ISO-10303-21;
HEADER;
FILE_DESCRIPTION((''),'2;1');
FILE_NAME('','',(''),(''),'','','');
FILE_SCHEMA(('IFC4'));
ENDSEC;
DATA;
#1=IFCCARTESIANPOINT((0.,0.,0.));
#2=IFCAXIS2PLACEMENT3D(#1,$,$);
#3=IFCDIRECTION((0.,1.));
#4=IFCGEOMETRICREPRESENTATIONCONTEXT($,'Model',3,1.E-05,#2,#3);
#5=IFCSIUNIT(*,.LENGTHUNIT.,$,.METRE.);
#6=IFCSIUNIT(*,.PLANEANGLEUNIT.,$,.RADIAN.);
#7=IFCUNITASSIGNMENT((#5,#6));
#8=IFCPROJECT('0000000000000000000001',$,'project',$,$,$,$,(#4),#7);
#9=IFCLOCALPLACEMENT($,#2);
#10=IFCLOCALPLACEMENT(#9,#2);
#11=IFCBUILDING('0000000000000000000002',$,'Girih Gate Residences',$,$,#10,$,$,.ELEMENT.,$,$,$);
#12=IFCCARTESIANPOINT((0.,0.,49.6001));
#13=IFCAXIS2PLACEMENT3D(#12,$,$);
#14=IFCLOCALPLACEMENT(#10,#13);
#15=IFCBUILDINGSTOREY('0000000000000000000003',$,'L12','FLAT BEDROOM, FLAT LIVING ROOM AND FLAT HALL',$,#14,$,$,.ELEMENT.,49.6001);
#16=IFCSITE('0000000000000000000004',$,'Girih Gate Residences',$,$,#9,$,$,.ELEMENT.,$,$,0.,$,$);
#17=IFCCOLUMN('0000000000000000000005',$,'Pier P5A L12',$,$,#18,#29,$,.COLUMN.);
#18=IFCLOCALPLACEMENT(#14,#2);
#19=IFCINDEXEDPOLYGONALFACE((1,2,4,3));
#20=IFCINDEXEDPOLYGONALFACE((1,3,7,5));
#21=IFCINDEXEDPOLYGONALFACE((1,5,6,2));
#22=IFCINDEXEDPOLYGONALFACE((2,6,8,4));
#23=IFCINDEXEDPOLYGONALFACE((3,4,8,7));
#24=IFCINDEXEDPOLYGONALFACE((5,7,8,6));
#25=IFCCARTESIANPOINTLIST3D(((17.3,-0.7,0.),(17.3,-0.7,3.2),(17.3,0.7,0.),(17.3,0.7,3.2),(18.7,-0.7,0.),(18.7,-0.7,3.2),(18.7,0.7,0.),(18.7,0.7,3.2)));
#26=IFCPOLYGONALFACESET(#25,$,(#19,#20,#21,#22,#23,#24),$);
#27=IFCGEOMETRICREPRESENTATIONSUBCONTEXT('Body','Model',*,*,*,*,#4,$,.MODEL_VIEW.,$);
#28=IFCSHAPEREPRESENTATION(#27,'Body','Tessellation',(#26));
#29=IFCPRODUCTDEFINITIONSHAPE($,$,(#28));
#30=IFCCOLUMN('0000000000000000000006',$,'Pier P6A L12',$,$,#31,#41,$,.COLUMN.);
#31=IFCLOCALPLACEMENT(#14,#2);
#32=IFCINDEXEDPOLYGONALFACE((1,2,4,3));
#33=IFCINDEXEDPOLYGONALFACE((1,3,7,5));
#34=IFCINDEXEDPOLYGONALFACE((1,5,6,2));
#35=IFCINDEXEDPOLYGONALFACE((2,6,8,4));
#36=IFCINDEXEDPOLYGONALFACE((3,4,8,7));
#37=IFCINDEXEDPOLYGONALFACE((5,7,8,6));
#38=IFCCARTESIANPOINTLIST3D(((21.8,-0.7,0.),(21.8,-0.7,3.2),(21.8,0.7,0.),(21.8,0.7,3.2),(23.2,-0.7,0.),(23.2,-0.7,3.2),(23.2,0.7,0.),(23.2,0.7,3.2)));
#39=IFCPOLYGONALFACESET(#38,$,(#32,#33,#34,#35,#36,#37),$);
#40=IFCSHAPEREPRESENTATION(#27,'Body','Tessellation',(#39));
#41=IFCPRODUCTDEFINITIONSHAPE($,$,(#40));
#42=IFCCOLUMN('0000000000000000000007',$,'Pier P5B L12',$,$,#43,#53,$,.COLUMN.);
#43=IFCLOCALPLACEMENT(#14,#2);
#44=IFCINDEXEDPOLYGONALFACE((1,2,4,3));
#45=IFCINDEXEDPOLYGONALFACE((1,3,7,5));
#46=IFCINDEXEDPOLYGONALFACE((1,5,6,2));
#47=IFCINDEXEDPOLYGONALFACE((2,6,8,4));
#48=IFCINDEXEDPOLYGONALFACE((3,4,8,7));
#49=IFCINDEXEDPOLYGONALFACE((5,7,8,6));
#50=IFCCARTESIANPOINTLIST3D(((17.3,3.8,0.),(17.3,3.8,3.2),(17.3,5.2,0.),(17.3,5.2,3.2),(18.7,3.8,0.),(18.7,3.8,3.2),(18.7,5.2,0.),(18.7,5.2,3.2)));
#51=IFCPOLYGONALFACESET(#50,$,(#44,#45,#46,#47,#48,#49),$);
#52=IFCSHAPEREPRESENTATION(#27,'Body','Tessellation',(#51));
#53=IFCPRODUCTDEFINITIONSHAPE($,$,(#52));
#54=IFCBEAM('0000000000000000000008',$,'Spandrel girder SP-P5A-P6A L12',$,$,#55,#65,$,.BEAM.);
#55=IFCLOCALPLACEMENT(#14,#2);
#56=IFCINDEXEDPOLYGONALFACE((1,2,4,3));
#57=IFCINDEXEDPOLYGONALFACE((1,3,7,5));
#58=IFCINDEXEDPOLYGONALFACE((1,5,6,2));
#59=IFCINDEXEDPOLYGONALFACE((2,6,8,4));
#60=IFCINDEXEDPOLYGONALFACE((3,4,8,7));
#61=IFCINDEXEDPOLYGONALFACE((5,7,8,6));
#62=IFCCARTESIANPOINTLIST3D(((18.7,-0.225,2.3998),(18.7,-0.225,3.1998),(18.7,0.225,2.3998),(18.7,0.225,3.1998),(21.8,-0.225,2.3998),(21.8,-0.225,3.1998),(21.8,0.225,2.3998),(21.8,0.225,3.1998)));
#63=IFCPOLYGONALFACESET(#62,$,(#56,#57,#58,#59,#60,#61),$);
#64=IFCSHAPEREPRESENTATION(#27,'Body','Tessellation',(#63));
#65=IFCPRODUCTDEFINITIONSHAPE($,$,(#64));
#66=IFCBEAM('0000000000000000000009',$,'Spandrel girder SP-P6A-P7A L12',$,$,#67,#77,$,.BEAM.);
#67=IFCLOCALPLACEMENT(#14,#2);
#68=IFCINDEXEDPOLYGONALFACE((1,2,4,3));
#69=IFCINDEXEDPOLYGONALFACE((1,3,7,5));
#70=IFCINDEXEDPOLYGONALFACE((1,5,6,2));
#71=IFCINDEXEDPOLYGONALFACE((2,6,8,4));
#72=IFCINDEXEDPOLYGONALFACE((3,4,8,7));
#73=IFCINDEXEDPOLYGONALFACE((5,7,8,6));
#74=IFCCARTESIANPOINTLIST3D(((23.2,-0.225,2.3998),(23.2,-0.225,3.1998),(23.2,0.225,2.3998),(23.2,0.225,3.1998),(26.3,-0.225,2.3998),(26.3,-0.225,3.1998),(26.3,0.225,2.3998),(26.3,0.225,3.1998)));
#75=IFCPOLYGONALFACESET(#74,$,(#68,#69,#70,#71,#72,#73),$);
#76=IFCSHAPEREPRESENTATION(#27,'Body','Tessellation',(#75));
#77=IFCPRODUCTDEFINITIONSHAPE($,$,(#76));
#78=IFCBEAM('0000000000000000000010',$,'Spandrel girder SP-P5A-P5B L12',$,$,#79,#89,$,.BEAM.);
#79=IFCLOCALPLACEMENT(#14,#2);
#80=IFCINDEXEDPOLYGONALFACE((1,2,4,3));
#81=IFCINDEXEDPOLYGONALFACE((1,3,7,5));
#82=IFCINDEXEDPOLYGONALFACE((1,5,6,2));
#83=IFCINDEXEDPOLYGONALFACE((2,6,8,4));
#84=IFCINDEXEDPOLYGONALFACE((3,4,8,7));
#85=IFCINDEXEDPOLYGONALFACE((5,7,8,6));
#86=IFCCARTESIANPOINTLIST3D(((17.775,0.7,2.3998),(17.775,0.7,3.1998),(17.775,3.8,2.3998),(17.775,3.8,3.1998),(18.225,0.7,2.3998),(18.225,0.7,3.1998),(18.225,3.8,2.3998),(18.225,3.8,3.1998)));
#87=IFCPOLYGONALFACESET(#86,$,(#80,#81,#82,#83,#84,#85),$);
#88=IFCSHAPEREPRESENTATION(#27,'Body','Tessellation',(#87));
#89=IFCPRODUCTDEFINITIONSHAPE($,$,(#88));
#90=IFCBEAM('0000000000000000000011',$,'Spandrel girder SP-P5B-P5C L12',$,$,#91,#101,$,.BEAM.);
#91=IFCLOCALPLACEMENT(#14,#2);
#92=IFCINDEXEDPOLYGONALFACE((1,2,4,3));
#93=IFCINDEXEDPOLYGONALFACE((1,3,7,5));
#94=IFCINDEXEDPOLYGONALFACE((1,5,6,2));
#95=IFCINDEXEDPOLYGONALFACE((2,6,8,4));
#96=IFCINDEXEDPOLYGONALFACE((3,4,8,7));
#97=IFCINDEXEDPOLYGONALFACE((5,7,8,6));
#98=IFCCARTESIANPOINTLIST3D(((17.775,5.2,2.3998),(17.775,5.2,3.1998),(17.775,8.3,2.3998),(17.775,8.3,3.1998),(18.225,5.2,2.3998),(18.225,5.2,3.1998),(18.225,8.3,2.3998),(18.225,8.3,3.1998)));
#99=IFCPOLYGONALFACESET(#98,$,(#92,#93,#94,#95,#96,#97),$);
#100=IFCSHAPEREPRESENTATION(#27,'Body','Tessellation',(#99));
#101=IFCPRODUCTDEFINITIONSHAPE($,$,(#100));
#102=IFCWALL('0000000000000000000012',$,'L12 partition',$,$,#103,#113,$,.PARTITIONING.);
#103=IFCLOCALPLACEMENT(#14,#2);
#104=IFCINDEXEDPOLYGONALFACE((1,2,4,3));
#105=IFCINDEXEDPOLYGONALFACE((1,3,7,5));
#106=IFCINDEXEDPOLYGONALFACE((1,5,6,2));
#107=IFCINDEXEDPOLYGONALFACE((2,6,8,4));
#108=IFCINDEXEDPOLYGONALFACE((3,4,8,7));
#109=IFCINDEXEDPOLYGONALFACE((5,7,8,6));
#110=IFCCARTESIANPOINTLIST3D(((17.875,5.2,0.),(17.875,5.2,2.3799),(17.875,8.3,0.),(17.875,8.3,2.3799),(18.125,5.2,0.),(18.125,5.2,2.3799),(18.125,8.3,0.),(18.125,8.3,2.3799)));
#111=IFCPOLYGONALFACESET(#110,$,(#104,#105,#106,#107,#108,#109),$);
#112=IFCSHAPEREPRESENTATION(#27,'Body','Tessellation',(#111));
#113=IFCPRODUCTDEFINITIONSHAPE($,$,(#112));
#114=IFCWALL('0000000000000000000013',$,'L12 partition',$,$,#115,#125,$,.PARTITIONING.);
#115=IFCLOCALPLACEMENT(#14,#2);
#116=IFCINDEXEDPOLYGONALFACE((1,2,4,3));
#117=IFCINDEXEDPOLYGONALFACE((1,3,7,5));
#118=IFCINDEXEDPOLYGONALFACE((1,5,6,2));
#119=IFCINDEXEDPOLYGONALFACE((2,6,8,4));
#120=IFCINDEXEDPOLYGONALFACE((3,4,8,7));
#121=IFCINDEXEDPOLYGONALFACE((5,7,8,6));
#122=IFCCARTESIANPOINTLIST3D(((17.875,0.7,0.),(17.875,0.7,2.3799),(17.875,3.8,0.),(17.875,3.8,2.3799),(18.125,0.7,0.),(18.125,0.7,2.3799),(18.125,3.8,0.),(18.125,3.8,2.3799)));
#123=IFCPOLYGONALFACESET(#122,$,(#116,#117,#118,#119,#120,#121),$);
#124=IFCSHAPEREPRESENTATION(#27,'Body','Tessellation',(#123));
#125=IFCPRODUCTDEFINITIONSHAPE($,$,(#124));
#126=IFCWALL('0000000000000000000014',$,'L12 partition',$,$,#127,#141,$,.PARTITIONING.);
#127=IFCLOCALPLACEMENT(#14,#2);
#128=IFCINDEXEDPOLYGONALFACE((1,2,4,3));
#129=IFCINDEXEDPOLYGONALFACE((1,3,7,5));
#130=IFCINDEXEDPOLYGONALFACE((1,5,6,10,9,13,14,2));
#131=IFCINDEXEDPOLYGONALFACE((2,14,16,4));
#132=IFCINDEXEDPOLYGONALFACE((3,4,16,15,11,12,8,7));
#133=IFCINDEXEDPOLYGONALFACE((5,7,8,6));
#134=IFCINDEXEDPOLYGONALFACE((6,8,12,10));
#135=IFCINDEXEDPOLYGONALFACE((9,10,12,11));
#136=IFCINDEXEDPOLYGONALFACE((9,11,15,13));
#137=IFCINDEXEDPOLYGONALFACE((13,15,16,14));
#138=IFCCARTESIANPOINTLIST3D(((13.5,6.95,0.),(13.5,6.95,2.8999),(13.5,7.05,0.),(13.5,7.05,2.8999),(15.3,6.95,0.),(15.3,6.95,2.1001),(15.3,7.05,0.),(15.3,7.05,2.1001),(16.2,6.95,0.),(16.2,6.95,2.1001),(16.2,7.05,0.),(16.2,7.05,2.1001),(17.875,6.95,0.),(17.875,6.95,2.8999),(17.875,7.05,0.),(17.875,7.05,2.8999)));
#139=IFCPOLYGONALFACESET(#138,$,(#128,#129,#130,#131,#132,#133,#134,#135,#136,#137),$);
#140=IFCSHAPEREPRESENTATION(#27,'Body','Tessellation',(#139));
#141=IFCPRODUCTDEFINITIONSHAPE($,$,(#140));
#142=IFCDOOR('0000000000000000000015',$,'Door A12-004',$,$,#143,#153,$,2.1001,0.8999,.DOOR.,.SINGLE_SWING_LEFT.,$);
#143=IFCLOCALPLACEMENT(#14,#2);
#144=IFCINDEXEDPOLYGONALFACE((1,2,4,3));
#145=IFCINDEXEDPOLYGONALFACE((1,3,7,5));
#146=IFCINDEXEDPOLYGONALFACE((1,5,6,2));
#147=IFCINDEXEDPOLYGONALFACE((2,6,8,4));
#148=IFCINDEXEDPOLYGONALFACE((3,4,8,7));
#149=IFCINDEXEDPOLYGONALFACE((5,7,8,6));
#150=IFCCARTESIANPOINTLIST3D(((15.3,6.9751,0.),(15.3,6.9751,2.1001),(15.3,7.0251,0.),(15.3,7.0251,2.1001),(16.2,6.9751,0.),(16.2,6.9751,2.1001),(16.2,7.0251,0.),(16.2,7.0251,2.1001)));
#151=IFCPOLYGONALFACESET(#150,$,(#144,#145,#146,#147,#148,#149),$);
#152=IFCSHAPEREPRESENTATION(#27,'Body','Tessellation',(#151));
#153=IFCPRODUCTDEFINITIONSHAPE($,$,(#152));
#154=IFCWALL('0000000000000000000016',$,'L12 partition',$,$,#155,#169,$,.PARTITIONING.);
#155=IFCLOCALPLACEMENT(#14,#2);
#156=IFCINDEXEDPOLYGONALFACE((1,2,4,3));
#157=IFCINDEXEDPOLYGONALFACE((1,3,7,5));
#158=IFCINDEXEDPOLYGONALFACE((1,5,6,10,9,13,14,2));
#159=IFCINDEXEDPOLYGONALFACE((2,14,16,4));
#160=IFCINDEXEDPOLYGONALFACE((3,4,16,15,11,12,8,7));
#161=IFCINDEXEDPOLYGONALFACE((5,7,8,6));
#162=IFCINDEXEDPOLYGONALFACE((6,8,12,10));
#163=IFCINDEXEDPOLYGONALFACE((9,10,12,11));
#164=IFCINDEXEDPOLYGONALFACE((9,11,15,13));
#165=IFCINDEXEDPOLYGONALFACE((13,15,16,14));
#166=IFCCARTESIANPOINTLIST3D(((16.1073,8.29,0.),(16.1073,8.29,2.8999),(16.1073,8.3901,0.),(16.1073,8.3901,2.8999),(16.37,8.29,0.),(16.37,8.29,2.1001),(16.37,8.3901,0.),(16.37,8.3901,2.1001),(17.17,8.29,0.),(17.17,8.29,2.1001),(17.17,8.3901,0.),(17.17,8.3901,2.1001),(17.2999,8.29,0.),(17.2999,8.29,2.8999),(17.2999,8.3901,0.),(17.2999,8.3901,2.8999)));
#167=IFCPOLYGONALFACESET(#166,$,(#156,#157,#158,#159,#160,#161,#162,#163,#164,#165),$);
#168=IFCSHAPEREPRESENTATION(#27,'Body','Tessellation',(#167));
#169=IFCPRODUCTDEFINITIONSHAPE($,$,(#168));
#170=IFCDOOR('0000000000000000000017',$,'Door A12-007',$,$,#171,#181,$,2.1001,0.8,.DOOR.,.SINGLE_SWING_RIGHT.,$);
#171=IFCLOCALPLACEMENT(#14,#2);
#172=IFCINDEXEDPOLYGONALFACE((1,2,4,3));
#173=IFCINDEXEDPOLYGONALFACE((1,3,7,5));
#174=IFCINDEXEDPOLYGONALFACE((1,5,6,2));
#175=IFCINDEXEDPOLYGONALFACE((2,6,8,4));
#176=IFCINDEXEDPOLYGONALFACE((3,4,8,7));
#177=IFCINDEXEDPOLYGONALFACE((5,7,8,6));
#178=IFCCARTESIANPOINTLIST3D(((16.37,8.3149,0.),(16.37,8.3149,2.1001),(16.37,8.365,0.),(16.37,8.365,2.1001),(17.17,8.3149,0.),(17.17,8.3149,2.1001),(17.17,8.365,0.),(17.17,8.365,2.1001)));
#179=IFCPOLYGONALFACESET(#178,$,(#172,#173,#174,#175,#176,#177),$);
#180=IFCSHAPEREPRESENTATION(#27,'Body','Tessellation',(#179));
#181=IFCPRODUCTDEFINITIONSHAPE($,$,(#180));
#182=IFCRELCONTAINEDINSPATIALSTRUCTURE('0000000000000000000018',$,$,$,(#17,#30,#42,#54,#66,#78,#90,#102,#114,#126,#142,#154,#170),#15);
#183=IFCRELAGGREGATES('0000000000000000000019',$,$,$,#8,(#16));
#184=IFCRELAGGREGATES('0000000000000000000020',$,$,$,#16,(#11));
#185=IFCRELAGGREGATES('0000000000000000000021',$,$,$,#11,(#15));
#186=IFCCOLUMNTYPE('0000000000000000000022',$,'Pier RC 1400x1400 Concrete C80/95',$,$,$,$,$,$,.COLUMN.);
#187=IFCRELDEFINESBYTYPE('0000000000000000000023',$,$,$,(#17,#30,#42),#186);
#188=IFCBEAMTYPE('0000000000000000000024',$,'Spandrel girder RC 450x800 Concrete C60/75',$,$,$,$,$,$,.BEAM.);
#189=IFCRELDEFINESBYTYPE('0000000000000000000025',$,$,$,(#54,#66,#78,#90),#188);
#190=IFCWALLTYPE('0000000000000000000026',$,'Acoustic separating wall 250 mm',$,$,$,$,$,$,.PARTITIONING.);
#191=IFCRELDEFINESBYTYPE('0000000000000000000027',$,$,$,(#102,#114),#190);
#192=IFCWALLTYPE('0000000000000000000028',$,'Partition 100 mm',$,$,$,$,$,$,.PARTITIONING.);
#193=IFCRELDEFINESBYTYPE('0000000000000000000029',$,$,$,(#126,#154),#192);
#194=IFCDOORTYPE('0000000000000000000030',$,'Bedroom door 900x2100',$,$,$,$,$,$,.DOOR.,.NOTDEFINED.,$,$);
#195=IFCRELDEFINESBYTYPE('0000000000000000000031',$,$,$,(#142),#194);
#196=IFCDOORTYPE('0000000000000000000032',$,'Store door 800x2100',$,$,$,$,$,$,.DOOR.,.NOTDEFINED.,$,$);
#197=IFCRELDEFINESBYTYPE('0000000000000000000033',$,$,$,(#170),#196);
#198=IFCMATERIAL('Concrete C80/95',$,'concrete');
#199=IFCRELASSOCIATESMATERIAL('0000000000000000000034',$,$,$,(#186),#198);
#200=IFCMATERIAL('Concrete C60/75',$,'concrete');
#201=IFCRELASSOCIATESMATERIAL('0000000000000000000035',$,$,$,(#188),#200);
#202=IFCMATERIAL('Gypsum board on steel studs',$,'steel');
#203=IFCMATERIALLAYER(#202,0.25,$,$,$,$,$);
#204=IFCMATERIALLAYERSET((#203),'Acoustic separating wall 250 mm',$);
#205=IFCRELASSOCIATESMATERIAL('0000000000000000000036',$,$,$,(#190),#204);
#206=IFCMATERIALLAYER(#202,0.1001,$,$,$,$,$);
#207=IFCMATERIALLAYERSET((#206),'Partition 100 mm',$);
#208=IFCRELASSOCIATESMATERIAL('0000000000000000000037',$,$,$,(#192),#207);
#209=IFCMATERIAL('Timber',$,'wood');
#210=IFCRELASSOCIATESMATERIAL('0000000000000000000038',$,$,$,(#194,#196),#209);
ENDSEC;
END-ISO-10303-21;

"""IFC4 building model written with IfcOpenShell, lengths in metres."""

from ifc_helpers import new_model, si_unit, direction, frame, frame_2d, origin, origin_2d, place, context, subcontext, project, spatial, rectangle, extrude, material, layer, layer_set, material_profile, profile_set, type_object, element, fill, save


model = new_model("IFC4")

# Units and contexts
model_context = context("Model", 3, precision=1e-05, world=origin(), true_north=direction((0.0, 1.0)))
body_context = subcontext(model_context, "Body", "Model", "MODEL_VIEW")
ifc_project = project(units=[si_unit("LENGTHUNIT", "METRE"), si_unit("PLANEANGLEUNIT", "RADIAN")], contexts=[model_context])

# Site, building, storey
site_placement = place(None, origin())
site = spatial("IfcSite", under=ifc_project, at=site_placement, Name="Girih Gate Residences", CompositionType="ELEMENT", RefElevation=0.0)
building_placement = place(site_placement, origin())
building = spatial("IfcBuilding", under=site, at=building_placement, Name="Girih Gate Residences", CompositionType="ELEMENT")
storey_placement = place(building_placement, frame((0.0, 0.0, 49.6001)))
storey = spatial("IfcBuildingStorey", under=building, at=storey_placement, Name="L12", Description="FLAT BEDROOM, FLAT LIVING ROOM AND FLAT HALL", CompositionType="ELEMENT", Elevation=49.6001)

# Columns
ifc_material_1 = material(Name="Concrete C80/95", Category="concrete")
ifc_material_profile_1 = material_profile(ifc_material_1, rectangle(XDim=1.3999, YDim=1.3999, at=origin_2d()))
ifc_profile_set_1 = profile_set([ifc_material_profile_1], Name="Concrete C80/95")
column_type = type_object("IfcColumnType", Name="Pier RC 1400x1400 Concrete C80/95", PredefinedType="COLUMN", material=ifc_profile_set_1)
for number, where, z_axis, x_axis, name in (
    (1, (18.0, 0.0, 0.0), (0.0, 0.0, 1.0), (1.0, 0.0, 0.0), "Pier P5A L12"),
    (2, (22.5, 0.0, 0.0), (0.0, 0.0, 1.0), (1.0, 0.0, 0.0), "Pier P6A L12"),
    (3, (18.0, 4.5, 0.0), (0.0, 0.0, 1.0), (1.0, 0.0, 0.0), "Pier P5B L12"),
):
    element("IfcColumn", number, at=place(storey_placement, frame(where, z_axis=z_axis, x_axis=x_axis)), inside=storey, type_object=column_type, Name=name, PredefinedType="COLUMN", context=body_context, shape_type="SweptSolid", body=[
        extrude(rectangle(XDim=1.3999, YDim=1.3999, at=origin_2d()), origin(), (0.0, 0.0, 1.0), 3.2),
    ])

# Beams
ifc_material_2 = material(Name="Concrete C60/75", Category="concrete")
ifc_material_profile_2 = material_profile(ifc_material_2, rectangle(XDim=0.45, YDim=0.8, at=origin_2d()))
ifc_profile_set_2 = profile_set([ifc_material_profile_2], Name="Concrete C60/75")
beam_type = type_object("IfcBeamType", Name="Spandrel girder RC 450x800 Concrete C60/75", PredefinedType="BEAM", material=ifc_profile_set_2)
for number, where, z_axis, x_axis, name in (
    (4, (18.7, 0.0, 2.7998), (1.0, 0.0, 0.0), (0.0, 1.0, 0.0), "Spandrel girder SP-P5A-P6A L12"),
    (5, (23.2, 0.0, 2.7998), (1.0, 0.0, 0.0), (0.0, 1.0, 0.0), "Spandrel girder SP-P6A-P7A L12"),
    (6, (18.0, 0.7, 2.7998), (0.0, 1.0, 0.0), (-1.0, 0.0, 0.0), "Spandrel girder SP-P5A-P5B L12"),
    (7, (18.0, 5.2, 2.7998), (0.0, 1.0, 0.0), (-1.0, 0.0, 0.0), "Spandrel girder SP-P5B-P5C L12"),
):
    element("IfcBeam", number, at=place(storey_placement, frame(where, z_axis=z_axis, x_axis=x_axis)), inside=storey, type_object=beam_type, Name=name, PredefinedType="BEAM", context=body_context, shape_type="SweptSolid", body=[
        extrude(rectangle(XDim=0.45, YDim=0.8, at=origin_2d()), origin(), (0.0, 0.0, 1.0), 3.1001),
    ])

# Walls
ifc_material_3 = material(Name="Gypsum board on steel studs", Category="steel")
ifc_layer_1 = layer(ifc_material_3, 0.25)
ifc_layer_set_1 = layer_set([ifc_layer_1], Name="Acoustic separating wall 250 mm")
wall_type_1 = type_object("IfcWallType", Name="Acoustic separating wall 250 mm", PredefinedType="PARTITIONING", material=ifc_layer_set_1)
for number, where, z_axis, x_axis, name in (
    (8, (18.0, 5.2, 0.0), (0.0, 0.0, 1.0), (0.0, 1.0, 0.0), "L12 partition"),
    (9, (18.0, 0.7, 0.0), (0.0, 0.0, 1.0), (0.0, 1.0, 0.0), "L12 partition"),
):
    element("IfcWall", number, at=place(storey_placement, frame(where, z_axis=z_axis, x_axis=x_axis)), inside=storey, type_object=wall_type_1, Name=name, PredefinedType="PARTITIONING", context=body_context, shape_type="SweptSolid", body=[
        extrude(rectangle(XDim=3.1001, YDim=0.25, at=frame_2d((1.55, 0.0))), origin(), (0.0, 0.0, 1.0), 2.3799),
    ])

# Walls, openings, doors
ifc_layer_2 = layer(ifc_material_3, 0.1001)
ifc_layer_set_2 = layer_set([ifc_layer_2], Name="Partition 100 mm")
wall_type_2 = type_object("IfcWallType", Name="Partition 100 mm", PredefinedType="PARTITIONING", material=ifc_layer_set_2)
wall_1_placement = place(storey_placement, frame((17.875, 7.0, 0.0), z_axis=(0.0, 0.0, 1.0), x_axis=(-1.0, 0.0, 0.0)))
wall_1 = element("IfcWall", 10, at=wall_1_placement, inside=storey, type_object=wall_type_2, Name="L12 partition", PredefinedType="PARTITIONING", context=body_context, shape_type="SweptSolid", body=[
    extrude(rectangle(XDim=4.375, YDim=0.1001, at=frame_2d((2.1875, 0.0))), origin(), (0.0, 0.0, 1.0), 2.8999),
])
opening_1_placement = place(wall_1_placement, frame((1.675, 0.0, 0.0)))
opening_1 = element("IfcOpeningElement", 11, at=opening_1_placement, cuts=wall_1, PredefinedType="OPENING", context=body_context, shape_type="SweptSolid", body=[
    extrude(rectangle(XDim=0.8999, YDim=2.1001, at=frame_2d((0.45, 1.05))), frame((0.0, 0.0601, 0.0), z_axis=(0.0, -1.0, 0.0), x_axis=(1.0, 0.0, 0.0)), (0.0, 0.0, 1.0), 0.1201),
])
ifc_material_4 = material(Name="Timber", Category="wood")
door_type_1 = type_object("IfcDoorType", Name="Bedroom door 900x2100", OperationType="NOTDEFINED", PredefinedType="DOOR", material=ifc_material_4)
door_1_placement = place(opening_1_placement, origin())
door_1 = element("IfcDoor", 12, at=door_1_placement, inside=storey, type_object=door_type_1, Name="Door A12-004", OperationType="SINGLE_SWING_LEFT", OverallHeight=2.1001, OverallWidth=0.8999, PredefinedType="DOOR", context=body_context, shape_type="SweptSolid", body=[
    extrude(rectangle(XDim=0.8999, YDim=2.1001, at=frame_2d((0.45, 1.05))), frame((0.0, 0.0249, 0.0), z_axis=(0.0, -1.0, 0.0), x_axis=(1.0, 0.0, 0.0)), (0.0, 0.0, 1.0), 0.05),
])
fill(opening_1, door_1)
wall_2_placement = place(storey_placement, frame((16.1074, 8.3401, 0.0), z_axis=(0.0, 0.0, 1.0), x_axis=(1.0, 0.0, 0.0)))
wall_2 = element("IfcWall", 13, at=wall_2_placement, inside=storey, type_object=wall_type_2, Name="L12 partition", PredefinedType="PARTITIONING", context=body_context, shape_type="SweptSolid", body=[
    extrude(rectangle(XDim=1.1926, YDim=0.1001, at=frame_2d((0.5962, 0.0))), origin(), (0.0, 0.0, 1.0), 2.8999),
])
opening_2_placement = place(wall_2_placement, frame((0.2627, 0.0, 0.0)))
opening_2 = element("IfcOpeningElement", 14, at=opening_2_placement, cuts=wall_2, PredefinedType="OPENING", context=body_context, shape_type="SweptSolid", body=[
    extrude(rectangle(XDim=0.8, YDim=2.1001, at=frame_2d((0.3999, 1.05))), frame((0.0, 0.0601, 0.0), z_axis=(0.0, -1.0, 0.0), x_axis=(1.0, 0.0, 0.0)), (0.0, 0.0, 1.0), 0.1201),
])
door_type_2 = type_object("IfcDoorType", Name="Store door 800x2100", OperationType="NOTDEFINED", PredefinedType="DOOR", material=ifc_material_4)
door_2_placement = place(opening_2_placement, origin())
door_2 = element("IfcDoor", 15, at=door_2_placement, inside=storey, type_object=door_type_2, Name="Door A12-007", OperationType="SINGLE_SWING_RIGHT", OverallHeight=2.1001, OverallWidth=0.8, PredefinedType="DOOR", context=body_context, shape_type="SweptSolid", body=[
    extrude(rectangle(XDim=0.8, YDim=2.1001, at=frame_2d((0.3999, 1.05))), frame((0.0, 0.0249, 0.0), z_axis=(0.0, -1.0, 0.0), x_axis=(1.0, 0.0, 0.0)), (0.0, 0.0, 1.0), 0.05),
])
fill(opening_2, door_2)

save(model, "model.ifc")
